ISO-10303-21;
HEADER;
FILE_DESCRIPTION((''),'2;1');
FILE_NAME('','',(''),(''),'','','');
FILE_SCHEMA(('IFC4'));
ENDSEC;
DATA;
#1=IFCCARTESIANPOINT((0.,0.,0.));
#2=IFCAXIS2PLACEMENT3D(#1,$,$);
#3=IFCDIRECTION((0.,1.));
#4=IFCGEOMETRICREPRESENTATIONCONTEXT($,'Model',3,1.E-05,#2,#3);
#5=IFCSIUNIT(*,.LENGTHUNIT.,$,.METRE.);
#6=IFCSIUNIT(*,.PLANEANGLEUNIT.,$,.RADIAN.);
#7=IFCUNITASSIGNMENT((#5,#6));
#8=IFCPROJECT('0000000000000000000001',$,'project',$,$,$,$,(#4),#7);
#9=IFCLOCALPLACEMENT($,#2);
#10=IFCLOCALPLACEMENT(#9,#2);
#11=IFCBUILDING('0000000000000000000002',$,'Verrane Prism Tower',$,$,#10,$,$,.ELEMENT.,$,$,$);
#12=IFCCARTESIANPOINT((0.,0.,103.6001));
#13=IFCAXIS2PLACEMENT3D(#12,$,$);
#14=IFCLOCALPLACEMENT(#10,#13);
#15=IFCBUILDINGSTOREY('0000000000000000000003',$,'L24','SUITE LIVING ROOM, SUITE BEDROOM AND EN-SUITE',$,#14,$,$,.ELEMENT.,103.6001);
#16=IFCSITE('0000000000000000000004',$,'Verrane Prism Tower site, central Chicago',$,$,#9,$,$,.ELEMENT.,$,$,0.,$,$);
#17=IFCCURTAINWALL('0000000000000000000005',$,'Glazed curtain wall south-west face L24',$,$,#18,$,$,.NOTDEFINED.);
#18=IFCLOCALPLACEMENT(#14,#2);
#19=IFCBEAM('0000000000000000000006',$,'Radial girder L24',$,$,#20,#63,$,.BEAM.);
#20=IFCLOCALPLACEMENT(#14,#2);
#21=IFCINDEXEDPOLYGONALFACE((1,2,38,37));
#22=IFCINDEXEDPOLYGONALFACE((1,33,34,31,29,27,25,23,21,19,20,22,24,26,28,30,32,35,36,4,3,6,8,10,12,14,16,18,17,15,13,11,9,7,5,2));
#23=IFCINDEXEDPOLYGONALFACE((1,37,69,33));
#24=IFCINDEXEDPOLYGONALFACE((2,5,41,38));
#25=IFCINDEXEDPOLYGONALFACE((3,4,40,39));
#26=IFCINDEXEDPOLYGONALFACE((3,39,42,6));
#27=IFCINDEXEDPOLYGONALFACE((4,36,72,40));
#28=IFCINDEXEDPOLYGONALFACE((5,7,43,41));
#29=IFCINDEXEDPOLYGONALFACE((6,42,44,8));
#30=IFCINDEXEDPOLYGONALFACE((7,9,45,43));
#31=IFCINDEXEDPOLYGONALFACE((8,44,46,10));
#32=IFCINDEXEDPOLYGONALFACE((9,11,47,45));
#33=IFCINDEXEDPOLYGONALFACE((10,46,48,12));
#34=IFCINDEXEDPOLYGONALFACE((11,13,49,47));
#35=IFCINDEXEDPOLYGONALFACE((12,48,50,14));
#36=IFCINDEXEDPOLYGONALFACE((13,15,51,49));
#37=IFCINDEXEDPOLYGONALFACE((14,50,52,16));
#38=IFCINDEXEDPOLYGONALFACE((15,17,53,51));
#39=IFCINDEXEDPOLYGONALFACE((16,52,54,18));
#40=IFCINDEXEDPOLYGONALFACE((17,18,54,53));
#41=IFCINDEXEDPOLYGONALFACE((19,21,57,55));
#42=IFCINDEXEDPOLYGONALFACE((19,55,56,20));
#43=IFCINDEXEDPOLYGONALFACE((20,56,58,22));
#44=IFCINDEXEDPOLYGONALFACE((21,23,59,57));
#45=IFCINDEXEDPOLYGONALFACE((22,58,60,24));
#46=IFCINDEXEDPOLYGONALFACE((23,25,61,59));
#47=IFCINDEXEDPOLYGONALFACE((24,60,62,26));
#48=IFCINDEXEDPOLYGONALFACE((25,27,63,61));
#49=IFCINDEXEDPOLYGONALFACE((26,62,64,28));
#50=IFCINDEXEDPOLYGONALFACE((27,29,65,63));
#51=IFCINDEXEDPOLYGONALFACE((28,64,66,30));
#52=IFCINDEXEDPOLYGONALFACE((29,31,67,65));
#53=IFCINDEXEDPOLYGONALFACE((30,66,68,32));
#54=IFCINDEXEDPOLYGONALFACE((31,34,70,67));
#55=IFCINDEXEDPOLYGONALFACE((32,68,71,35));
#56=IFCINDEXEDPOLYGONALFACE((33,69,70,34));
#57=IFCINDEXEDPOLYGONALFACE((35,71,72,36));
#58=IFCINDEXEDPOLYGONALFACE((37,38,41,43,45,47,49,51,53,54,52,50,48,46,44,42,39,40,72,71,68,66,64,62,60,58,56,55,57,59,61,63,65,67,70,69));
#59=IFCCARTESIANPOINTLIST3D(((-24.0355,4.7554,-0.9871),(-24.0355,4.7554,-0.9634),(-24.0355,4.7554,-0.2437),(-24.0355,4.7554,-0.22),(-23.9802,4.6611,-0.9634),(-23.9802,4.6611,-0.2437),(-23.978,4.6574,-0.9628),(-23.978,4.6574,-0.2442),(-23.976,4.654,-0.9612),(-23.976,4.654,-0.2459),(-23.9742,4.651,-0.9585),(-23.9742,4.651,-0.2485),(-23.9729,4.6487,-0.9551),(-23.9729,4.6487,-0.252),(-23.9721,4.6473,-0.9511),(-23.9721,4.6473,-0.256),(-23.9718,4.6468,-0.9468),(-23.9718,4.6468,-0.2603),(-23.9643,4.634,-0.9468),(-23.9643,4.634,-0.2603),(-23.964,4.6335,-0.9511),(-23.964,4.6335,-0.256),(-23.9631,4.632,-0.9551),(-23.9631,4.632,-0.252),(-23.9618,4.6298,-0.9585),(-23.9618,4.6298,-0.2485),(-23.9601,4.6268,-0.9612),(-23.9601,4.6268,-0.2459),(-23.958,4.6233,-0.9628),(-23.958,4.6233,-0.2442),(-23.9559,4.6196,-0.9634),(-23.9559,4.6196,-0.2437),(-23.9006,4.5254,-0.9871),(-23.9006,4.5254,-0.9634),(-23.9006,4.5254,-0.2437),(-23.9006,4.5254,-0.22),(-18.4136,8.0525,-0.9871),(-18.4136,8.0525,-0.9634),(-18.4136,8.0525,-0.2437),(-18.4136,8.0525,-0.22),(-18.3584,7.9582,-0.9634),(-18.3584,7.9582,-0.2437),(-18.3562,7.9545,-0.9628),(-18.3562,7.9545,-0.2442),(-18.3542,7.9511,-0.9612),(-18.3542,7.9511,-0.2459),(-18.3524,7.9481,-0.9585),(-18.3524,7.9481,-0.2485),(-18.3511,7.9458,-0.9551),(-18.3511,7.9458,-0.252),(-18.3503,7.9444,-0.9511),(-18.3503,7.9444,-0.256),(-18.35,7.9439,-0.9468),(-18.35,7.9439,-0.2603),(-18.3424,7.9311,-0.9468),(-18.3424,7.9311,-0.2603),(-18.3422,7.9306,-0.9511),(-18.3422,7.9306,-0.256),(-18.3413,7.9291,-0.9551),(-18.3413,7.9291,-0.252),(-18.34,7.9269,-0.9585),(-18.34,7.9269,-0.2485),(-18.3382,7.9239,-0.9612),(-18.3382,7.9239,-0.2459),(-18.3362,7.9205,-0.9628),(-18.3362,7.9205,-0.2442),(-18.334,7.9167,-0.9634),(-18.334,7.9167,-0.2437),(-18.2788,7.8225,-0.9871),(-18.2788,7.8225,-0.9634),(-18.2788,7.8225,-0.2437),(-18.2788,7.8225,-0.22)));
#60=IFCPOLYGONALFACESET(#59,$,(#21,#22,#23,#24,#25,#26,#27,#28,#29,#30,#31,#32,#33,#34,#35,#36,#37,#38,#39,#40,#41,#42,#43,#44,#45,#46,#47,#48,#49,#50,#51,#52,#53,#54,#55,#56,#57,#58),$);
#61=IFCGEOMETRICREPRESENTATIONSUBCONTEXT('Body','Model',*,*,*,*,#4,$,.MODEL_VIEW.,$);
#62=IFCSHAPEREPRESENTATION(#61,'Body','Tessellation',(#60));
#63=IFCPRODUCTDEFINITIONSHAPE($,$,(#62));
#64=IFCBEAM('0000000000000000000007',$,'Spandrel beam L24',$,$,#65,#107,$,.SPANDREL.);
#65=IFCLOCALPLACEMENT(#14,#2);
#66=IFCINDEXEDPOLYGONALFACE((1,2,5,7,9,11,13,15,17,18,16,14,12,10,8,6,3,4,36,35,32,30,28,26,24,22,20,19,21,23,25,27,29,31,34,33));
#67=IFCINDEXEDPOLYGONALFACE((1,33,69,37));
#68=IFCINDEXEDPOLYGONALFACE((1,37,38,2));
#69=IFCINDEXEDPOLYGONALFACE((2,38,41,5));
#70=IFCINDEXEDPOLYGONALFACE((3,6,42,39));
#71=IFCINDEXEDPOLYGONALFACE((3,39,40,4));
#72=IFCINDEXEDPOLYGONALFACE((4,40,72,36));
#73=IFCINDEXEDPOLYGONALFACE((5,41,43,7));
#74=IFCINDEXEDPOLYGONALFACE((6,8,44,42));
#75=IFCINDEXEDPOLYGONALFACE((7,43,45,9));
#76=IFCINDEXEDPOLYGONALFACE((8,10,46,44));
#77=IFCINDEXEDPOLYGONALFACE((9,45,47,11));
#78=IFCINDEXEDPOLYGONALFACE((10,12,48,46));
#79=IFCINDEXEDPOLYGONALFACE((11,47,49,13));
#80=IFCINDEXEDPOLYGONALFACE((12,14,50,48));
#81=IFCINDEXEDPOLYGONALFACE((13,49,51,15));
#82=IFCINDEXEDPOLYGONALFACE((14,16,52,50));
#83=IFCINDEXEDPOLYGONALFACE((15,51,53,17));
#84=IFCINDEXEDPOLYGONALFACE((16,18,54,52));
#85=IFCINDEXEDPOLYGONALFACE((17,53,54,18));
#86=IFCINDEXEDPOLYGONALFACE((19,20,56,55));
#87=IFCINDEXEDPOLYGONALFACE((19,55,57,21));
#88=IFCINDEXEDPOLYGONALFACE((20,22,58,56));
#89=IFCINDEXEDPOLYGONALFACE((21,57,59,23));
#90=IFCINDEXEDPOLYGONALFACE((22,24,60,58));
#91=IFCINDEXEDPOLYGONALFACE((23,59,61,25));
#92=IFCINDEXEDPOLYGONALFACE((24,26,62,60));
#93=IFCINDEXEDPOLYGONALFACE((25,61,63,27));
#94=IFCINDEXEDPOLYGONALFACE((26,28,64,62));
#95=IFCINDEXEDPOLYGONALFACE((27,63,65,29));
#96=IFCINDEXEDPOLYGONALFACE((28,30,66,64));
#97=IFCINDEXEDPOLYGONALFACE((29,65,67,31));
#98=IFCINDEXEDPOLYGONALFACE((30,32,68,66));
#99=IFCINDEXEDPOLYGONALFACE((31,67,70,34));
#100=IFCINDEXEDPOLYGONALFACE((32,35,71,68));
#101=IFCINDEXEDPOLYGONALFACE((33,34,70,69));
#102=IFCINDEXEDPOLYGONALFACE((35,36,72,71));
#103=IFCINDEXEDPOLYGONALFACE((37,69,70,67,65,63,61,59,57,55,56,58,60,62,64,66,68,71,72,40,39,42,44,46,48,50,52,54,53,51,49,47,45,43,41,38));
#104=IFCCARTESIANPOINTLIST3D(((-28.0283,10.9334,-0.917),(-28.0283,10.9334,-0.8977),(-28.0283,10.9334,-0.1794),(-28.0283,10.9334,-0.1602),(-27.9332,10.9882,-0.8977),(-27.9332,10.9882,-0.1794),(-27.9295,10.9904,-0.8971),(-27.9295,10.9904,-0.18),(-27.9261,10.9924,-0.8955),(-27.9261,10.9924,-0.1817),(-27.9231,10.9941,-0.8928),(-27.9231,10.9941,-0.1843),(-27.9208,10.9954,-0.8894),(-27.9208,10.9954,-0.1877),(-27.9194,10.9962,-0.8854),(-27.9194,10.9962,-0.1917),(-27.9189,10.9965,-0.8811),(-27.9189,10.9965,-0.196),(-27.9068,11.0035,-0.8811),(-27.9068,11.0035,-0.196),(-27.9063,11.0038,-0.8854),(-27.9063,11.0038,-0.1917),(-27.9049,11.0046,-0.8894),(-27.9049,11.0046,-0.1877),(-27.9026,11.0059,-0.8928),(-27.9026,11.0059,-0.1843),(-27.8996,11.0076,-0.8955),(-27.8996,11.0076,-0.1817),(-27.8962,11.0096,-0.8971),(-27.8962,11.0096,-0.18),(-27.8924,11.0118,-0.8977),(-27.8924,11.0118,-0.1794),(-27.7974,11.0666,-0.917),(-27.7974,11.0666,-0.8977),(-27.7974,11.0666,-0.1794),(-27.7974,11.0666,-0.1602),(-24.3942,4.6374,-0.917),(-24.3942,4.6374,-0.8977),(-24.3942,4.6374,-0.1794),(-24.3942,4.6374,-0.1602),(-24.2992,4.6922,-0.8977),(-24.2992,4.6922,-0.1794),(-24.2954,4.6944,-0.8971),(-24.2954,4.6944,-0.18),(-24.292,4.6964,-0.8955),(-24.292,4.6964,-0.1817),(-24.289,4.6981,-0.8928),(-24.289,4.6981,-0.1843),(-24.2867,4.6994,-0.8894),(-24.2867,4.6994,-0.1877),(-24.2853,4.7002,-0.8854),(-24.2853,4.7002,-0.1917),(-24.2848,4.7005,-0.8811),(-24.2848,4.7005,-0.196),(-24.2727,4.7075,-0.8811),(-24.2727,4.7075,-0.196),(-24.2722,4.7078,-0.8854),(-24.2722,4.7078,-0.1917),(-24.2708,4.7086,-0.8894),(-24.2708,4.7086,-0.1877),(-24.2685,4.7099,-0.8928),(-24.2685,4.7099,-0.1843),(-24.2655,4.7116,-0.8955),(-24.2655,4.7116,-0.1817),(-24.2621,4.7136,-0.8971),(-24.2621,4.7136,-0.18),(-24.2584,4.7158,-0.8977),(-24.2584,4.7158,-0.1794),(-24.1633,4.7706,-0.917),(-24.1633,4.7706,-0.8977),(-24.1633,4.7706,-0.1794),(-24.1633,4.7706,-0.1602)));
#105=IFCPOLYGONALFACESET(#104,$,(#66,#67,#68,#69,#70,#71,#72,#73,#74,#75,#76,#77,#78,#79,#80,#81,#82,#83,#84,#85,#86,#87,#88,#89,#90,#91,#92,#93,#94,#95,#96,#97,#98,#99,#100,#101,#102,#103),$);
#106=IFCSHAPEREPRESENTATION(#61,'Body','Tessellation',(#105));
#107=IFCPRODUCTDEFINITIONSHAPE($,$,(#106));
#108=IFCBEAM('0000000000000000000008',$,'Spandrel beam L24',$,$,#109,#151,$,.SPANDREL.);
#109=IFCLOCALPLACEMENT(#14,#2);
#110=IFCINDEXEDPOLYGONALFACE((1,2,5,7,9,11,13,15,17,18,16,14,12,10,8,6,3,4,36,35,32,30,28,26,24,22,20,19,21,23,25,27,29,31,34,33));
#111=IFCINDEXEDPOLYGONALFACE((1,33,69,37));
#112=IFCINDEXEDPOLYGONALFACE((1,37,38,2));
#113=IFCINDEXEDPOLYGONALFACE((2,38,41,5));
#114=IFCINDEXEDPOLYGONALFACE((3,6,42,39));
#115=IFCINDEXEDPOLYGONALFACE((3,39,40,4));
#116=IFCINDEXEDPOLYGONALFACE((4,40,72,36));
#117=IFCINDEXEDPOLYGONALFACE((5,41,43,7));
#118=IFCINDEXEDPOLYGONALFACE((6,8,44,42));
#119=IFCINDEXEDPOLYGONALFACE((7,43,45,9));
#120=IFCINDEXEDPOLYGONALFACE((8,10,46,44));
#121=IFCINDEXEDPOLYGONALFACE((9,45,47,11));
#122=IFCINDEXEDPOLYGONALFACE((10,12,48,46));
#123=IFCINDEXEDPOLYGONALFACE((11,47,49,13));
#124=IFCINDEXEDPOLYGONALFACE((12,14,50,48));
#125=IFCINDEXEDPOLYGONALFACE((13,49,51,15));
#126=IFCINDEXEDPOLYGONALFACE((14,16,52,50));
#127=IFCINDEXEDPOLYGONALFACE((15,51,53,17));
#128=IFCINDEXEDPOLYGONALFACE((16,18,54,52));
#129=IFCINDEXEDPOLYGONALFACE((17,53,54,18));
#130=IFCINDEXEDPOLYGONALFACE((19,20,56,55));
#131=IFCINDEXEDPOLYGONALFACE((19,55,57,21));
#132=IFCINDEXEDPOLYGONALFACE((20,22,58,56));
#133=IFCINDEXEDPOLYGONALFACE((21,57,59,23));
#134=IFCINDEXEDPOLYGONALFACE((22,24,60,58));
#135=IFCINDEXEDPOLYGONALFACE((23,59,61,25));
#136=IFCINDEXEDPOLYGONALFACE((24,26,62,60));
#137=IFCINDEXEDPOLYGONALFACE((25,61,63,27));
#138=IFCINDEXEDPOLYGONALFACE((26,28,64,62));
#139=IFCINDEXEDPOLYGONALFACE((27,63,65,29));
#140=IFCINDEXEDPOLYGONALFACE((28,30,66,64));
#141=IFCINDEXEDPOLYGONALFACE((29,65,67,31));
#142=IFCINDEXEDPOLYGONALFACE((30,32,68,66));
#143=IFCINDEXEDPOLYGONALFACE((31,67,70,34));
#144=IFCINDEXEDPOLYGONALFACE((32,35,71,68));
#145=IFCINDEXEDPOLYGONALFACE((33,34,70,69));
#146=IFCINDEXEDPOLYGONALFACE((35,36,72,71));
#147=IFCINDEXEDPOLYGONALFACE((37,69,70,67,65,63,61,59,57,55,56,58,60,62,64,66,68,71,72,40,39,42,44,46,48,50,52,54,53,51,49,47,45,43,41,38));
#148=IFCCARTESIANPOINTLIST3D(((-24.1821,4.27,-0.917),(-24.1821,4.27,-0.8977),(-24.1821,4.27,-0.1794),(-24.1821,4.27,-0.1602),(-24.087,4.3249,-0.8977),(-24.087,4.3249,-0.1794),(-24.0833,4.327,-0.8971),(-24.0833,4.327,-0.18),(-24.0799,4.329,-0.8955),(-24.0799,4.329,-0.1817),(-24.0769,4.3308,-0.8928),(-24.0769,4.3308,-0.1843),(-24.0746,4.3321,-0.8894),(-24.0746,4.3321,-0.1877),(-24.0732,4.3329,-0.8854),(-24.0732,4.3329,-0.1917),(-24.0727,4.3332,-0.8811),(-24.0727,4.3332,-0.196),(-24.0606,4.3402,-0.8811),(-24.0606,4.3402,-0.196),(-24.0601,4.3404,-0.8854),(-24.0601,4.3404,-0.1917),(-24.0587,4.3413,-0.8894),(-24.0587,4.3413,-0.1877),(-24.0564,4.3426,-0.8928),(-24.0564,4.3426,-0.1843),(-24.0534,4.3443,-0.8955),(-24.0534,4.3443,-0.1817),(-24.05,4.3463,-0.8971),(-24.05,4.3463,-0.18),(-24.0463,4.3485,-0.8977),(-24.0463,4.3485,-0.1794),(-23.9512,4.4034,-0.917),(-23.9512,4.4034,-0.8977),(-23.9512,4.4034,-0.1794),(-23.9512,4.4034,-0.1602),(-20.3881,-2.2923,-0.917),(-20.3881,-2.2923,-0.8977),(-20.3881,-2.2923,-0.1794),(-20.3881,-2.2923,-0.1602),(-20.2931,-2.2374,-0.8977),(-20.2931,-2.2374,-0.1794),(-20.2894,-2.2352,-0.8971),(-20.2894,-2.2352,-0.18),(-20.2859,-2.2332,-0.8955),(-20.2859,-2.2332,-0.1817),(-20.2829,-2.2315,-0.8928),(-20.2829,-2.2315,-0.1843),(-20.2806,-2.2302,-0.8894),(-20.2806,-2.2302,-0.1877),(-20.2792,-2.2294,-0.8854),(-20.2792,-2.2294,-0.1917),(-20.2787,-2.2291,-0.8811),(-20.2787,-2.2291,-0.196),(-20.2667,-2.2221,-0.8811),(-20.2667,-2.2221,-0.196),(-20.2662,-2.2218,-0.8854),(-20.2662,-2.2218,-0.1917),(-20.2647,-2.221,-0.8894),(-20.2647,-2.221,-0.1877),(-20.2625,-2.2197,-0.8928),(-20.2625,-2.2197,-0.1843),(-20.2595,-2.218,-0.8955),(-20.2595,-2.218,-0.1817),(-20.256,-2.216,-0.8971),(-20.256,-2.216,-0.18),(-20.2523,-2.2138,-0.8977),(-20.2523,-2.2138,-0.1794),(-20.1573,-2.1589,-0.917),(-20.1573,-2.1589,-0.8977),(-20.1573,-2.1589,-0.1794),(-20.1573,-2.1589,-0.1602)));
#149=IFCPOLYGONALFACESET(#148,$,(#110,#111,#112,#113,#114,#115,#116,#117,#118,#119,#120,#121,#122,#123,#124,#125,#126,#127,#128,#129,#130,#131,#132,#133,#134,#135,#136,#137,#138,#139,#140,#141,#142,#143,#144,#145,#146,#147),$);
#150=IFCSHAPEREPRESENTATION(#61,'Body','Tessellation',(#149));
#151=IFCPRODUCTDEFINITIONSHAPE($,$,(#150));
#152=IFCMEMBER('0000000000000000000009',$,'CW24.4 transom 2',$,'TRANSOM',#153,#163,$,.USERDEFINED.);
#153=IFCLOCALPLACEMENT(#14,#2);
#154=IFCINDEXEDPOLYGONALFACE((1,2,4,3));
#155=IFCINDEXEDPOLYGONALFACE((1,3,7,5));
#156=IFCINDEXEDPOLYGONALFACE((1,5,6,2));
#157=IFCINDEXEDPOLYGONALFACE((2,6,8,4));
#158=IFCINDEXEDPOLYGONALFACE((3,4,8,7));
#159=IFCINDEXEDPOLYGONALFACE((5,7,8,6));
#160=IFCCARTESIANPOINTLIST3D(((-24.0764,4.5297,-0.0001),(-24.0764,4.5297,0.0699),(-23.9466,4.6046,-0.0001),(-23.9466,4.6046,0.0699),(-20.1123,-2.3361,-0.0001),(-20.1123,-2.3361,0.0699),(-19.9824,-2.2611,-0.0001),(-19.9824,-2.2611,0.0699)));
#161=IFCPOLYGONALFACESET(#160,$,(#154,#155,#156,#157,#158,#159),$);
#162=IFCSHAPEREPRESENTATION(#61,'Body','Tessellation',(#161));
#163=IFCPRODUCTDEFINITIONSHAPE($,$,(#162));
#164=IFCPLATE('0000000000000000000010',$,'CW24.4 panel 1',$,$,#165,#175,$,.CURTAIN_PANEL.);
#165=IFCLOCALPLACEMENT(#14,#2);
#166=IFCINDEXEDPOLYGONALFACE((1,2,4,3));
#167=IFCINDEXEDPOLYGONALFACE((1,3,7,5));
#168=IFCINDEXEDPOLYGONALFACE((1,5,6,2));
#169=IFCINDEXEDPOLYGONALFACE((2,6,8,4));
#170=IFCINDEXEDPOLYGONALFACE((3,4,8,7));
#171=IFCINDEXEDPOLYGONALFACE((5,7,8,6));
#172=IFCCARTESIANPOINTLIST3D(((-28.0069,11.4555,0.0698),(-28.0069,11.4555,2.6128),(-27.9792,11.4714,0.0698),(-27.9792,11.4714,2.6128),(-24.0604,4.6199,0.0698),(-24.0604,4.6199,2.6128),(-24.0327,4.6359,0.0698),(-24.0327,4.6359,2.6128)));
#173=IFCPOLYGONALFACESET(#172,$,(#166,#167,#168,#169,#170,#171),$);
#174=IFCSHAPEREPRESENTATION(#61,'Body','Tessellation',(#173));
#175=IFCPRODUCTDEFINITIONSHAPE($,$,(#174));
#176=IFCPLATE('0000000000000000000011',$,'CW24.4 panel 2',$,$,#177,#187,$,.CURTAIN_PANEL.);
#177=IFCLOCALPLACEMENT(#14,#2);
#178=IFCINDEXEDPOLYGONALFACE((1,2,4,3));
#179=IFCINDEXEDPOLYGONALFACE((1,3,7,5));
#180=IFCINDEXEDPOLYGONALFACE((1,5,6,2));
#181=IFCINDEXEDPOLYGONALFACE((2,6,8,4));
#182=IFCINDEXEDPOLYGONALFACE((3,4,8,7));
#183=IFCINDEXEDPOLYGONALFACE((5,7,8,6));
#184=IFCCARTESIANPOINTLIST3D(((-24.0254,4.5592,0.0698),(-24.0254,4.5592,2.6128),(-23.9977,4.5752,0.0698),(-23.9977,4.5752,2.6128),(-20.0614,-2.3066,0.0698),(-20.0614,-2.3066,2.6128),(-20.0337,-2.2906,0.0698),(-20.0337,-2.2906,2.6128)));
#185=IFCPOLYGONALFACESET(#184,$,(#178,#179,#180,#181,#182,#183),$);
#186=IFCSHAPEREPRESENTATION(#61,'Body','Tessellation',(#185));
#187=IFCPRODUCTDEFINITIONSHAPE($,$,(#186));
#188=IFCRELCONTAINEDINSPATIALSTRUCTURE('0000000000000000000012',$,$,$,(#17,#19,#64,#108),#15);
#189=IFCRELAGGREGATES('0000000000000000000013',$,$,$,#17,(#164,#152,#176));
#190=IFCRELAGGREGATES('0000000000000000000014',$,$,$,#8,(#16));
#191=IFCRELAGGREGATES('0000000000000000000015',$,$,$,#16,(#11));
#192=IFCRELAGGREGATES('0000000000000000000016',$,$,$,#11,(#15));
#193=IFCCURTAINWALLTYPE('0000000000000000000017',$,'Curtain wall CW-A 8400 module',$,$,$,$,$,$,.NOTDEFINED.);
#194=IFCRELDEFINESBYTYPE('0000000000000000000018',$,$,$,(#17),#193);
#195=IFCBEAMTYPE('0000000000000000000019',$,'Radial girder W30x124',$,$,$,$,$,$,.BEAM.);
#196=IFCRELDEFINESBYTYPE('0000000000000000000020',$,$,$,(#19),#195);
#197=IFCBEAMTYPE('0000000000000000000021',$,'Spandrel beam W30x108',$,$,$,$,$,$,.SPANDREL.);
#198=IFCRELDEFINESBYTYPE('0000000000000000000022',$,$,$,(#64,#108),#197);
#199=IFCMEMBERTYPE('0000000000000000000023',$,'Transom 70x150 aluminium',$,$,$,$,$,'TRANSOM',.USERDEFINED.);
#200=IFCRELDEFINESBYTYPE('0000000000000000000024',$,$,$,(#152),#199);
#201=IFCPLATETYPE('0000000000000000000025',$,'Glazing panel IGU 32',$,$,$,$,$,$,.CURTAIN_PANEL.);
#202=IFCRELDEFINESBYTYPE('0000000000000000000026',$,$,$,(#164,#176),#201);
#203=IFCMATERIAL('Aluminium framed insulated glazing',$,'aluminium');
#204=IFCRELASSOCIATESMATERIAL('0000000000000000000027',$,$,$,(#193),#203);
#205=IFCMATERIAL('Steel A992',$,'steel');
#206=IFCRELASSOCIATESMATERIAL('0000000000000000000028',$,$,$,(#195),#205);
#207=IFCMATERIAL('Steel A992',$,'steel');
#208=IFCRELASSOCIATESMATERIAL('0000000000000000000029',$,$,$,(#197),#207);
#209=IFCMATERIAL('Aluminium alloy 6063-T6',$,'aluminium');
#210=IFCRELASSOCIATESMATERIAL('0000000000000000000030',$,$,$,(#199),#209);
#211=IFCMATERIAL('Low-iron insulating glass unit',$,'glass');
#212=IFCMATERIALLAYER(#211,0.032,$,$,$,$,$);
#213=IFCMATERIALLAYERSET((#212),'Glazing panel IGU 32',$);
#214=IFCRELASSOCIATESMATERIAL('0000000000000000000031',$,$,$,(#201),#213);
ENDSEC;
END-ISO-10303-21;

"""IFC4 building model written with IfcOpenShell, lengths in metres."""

from ifc_helpers import new_model, si_unit, direction, frame, origin, origin_2d, place, context, subcontext, project, spatial, rectangle, i_section, extrude, material, layer, layer_set, material_profile, profile_set, type_object, element, aggregate, save


model = new_model("IFC4")

# Units and contexts
model_context = context("Model", 3, precision=1e-05, world=origin(), true_north=direction((0.0, 1.0)))
body_context = subcontext(model_context, "Body", "Model", "MODEL_VIEW")
ifc_project = project(units=[si_unit("LENGTHUNIT", "METRE"), si_unit("PLANEANGLEUNIT", "RADIAN")], contexts=[model_context])

# Site, building, storey
site_placement = place(None, origin())
site = spatial("IfcSite", under=ifc_project, at=site_placement, Name="Verrane Prism Tower site, central Chicago", CompositionType="ELEMENT", RefElevation=0.0)
building_placement = place(site_placement, origin())
building = spatial("IfcBuilding", under=site, at=building_placement, Name="Verrane Prism Tower", CompositionType="ELEMENT")
storey_placement = place(building_placement, frame((0.0, 0.0, 103.6001)))
storey = spatial("IfcBuildingStorey", under=building, at=storey_placement, Name="L24", Description="SUITE LIVING ROOM, SUITE BEDROOM AND EN-SUITE", CompositionType="ELEMENT", Elevation=103.6001)

# Curtain wall
ifc_material_1 = material(Name="Aluminium framed insulated glazing", Category="aluminium")
curtain_wall_type = type_object("IfcCurtainWallType", Name="Curtain wall CW-A 8400 module", PredefinedType="NOTDEFINED", material=ifc_material_1)
curtain_wall_placement = place(storey_placement, origin())
curtain_wall = element("IfcCurtainWall", 1, at=curtain_wall_placement, inside=storey, type_object=curtain_wall_type, Name="Glazed curtain wall south-west face L24", PredefinedType="NOTDEFINED")

# Beams
ifc_material_2 = material(Name="Steel A992", Category="steel")
ifc_material_profile_1 = material_profile(ifc_material_2, i_section(OverallWidth=0.2666, OverallDepth=0.7671, WebThickness=0.0149, FlangeThickness=0.0237, FilletRadius=0.0166, at=origin_2d()), Name="W30x124")
ifc_profile_set_1 = profile_set([ifc_material_profile_1], Name="Steel A992")
beam_type_1 = type_object("IfcBeamType", Name="Radial girder W30x124", PredefinedType="BEAM", material=ifc_profile_set_1)
beam_1_placement = place(storey_placement, frame((-23.968, 4.6404, -0.6035), z_axis=(0.862593, 0.505898, 0.0), x_axis=(-0.505898, 0.862593, 0.0)))
element("IfcBeam", 2, at=beam_1_placement, inside=storey, type_object=beam_type_1, Name="Radial girder L24", PredefinedType="BEAM", context=body_context, shape_type="SweptSolid", body=[
    extrude(i_section(OverallWidth=0.2666, OverallDepth=0.7671, WebThickness=0.0149, FlangeThickness=0.0237, FilletRadius=0.0166, at=origin_2d()), origin(), (0.0, 0.0, 1.0), 6.5173),
])
ifc_material_3 = material(Name="Steel A992", Category="steel")
ifc_material_profile_2 = material_profile(ifc_material_3, i_section(OverallWidth=0.2666, OverallDepth=0.7568, WebThickness=0.0139, FlangeThickness=0.0193, FilletRadius=0.0166, at=origin_2d()), Name="W30x108")
ifc_profile_set_2 = profile_set([ifc_material_profile_2], Name="Steel A992")
beam_type_2 = type_object("IfcBeamType", Name="Spandrel beam W30x108", PredefinedType="SPANDREL", material=ifc_profile_set_2)
beam_2_placement = place(storey_placement, frame((-27.9128, 11.0, -0.5386), z_axis=(0.499907, -0.866079, 0.0), x_axis=(0.866079, 0.499907, 0.0)))
element("IfcBeam", 3, at=beam_2_placement, inside=storey, type_object=beam_type_2, Name="Spandrel beam L24", PredefinedType="SPANDREL", context=body_context, shape_type="SweptSolid", body=[
    extrude(i_section(OverallWidth=0.2666, OverallDepth=0.7568, WebThickness=0.0139, FlangeThickness=0.0193, FilletRadius=0.0166, at=origin_2d()), origin(), (0.0, 0.0, 1.0), 7.2695),
])
beam_3_placement = place(storey_placement, frame((-24.0667, 4.3367, -0.5386), z_axis=(0.500517, -0.865727, 0.0), x_axis=(0.865727, 0.500517, 0.0)))
element("IfcBeam", 4, at=beam_3_placement, inside=storey, type_object=beam_type_2, Name="Spandrel beam L24", PredefinedType="SPANDREL", context=body_context, shape_type="SweptSolid", body=[
    extrude(i_section(OverallWidth=0.2666, OverallDepth=0.7568, WebThickness=0.0139, FlangeThickness=0.0193, FilletRadius=0.0166, at=origin_2d()), origin(), (0.0, 0.0, 1.0), 7.5801),
])

# Member
ifc_material_4 = material(Name="Aluminium alloy 6063-T6", Category="aluminium")
ifc_material_profile_3 = material_profile(ifc_material_4, rectangle(XDim=0.1499, YDim=0.0701, at=origin_2d()), Name="Transom 70x150 aluminium")
ifc_profile_set_3 = profile_set([ifc_material_profile_3], Name="Aluminium alloy 6063-T6")
member_type_1 = type_object("IfcMemberType", Name="Transom 70x150 aluminium", ElementType="TRANSOM", PredefinedType="USERDEFINED", material=ifc_profile_set_3)
member_1_placement = place(storey_placement, frame((-24.0115, 4.5671, 0.0349), z_axis=(0.500017, -0.866015, 0.0), x_axis=(0.866015, 0.500017, 0.0)))
member_1 = element("IfcMember", 5, at=member_1_placement, type_object=member_type_1, Name="CW24.4 transom 2", ObjectType="TRANSOM", PredefinedType="USERDEFINED", context=body_context, shape_type="SweptSolid", body=[
    extrude(rectangle(XDim=0.1499, YDim=0.0701, at=origin_2d()), origin(), (0.0, 0.0, 1.0), 7.928),
])

# Plates
ifc_material_5 = material(Name="Low-iron insulating glass unit", Category="glass")
ifc_layer_1 = layer(ifc_material_5, 0.032)
ifc_layer_set_1 = layer_set([ifc_layer_1], Name="Glazing panel IGU 32")
plate_type = type_object("IfcPlateType", Name="Glazing panel IGU 32", PredefinedType="CURTAIN_PANEL", material=ifc_layer_set_1)
plate_1_placement = place(storey_placement, frame((-26.0198, 8.0457, 0.0698), z_axis=(0.0, 0.0, 1.0), x_axis=(0.5, -0.866025, 0.0)))
plate_1 = element("IfcPlate", 6, at=plate_1_placement, type_object=plate_type, Name="CW24.4 panel 1", PredefinedType="CURTAIN_PANEL", context=body_context, shape_type="SweptSolid", body=[
    extrude(rectangle(XDim=7.8931, YDim=0.032, at=origin_2d()), origin(), (0.0, 0.0, 1.0), 2.543),
])
plate_2_placement = place(storey_placement, frame((-22.0295, 1.1343, 0.0698), z_axis=(0.0, 0.0, 1.0), x_axis=(0.5, -0.866025, 0.0)))
plate_2 = element("IfcPlate", 7, at=plate_2_placement, type_object=plate_type, Name="CW24.4 panel 2", PredefinedType="CURTAIN_PANEL", context=body_context, shape_type="SweptSolid", body=[
    extrude(rectangle(XDim=7.928, YDim=0.032, at=origin_2d()), origin(), (0.0, 0.0, 1.0), 2.543),
])
aggregate(curtain_wall, [plate_1, member_1, plate_2])

save(model, "model.ifc")
